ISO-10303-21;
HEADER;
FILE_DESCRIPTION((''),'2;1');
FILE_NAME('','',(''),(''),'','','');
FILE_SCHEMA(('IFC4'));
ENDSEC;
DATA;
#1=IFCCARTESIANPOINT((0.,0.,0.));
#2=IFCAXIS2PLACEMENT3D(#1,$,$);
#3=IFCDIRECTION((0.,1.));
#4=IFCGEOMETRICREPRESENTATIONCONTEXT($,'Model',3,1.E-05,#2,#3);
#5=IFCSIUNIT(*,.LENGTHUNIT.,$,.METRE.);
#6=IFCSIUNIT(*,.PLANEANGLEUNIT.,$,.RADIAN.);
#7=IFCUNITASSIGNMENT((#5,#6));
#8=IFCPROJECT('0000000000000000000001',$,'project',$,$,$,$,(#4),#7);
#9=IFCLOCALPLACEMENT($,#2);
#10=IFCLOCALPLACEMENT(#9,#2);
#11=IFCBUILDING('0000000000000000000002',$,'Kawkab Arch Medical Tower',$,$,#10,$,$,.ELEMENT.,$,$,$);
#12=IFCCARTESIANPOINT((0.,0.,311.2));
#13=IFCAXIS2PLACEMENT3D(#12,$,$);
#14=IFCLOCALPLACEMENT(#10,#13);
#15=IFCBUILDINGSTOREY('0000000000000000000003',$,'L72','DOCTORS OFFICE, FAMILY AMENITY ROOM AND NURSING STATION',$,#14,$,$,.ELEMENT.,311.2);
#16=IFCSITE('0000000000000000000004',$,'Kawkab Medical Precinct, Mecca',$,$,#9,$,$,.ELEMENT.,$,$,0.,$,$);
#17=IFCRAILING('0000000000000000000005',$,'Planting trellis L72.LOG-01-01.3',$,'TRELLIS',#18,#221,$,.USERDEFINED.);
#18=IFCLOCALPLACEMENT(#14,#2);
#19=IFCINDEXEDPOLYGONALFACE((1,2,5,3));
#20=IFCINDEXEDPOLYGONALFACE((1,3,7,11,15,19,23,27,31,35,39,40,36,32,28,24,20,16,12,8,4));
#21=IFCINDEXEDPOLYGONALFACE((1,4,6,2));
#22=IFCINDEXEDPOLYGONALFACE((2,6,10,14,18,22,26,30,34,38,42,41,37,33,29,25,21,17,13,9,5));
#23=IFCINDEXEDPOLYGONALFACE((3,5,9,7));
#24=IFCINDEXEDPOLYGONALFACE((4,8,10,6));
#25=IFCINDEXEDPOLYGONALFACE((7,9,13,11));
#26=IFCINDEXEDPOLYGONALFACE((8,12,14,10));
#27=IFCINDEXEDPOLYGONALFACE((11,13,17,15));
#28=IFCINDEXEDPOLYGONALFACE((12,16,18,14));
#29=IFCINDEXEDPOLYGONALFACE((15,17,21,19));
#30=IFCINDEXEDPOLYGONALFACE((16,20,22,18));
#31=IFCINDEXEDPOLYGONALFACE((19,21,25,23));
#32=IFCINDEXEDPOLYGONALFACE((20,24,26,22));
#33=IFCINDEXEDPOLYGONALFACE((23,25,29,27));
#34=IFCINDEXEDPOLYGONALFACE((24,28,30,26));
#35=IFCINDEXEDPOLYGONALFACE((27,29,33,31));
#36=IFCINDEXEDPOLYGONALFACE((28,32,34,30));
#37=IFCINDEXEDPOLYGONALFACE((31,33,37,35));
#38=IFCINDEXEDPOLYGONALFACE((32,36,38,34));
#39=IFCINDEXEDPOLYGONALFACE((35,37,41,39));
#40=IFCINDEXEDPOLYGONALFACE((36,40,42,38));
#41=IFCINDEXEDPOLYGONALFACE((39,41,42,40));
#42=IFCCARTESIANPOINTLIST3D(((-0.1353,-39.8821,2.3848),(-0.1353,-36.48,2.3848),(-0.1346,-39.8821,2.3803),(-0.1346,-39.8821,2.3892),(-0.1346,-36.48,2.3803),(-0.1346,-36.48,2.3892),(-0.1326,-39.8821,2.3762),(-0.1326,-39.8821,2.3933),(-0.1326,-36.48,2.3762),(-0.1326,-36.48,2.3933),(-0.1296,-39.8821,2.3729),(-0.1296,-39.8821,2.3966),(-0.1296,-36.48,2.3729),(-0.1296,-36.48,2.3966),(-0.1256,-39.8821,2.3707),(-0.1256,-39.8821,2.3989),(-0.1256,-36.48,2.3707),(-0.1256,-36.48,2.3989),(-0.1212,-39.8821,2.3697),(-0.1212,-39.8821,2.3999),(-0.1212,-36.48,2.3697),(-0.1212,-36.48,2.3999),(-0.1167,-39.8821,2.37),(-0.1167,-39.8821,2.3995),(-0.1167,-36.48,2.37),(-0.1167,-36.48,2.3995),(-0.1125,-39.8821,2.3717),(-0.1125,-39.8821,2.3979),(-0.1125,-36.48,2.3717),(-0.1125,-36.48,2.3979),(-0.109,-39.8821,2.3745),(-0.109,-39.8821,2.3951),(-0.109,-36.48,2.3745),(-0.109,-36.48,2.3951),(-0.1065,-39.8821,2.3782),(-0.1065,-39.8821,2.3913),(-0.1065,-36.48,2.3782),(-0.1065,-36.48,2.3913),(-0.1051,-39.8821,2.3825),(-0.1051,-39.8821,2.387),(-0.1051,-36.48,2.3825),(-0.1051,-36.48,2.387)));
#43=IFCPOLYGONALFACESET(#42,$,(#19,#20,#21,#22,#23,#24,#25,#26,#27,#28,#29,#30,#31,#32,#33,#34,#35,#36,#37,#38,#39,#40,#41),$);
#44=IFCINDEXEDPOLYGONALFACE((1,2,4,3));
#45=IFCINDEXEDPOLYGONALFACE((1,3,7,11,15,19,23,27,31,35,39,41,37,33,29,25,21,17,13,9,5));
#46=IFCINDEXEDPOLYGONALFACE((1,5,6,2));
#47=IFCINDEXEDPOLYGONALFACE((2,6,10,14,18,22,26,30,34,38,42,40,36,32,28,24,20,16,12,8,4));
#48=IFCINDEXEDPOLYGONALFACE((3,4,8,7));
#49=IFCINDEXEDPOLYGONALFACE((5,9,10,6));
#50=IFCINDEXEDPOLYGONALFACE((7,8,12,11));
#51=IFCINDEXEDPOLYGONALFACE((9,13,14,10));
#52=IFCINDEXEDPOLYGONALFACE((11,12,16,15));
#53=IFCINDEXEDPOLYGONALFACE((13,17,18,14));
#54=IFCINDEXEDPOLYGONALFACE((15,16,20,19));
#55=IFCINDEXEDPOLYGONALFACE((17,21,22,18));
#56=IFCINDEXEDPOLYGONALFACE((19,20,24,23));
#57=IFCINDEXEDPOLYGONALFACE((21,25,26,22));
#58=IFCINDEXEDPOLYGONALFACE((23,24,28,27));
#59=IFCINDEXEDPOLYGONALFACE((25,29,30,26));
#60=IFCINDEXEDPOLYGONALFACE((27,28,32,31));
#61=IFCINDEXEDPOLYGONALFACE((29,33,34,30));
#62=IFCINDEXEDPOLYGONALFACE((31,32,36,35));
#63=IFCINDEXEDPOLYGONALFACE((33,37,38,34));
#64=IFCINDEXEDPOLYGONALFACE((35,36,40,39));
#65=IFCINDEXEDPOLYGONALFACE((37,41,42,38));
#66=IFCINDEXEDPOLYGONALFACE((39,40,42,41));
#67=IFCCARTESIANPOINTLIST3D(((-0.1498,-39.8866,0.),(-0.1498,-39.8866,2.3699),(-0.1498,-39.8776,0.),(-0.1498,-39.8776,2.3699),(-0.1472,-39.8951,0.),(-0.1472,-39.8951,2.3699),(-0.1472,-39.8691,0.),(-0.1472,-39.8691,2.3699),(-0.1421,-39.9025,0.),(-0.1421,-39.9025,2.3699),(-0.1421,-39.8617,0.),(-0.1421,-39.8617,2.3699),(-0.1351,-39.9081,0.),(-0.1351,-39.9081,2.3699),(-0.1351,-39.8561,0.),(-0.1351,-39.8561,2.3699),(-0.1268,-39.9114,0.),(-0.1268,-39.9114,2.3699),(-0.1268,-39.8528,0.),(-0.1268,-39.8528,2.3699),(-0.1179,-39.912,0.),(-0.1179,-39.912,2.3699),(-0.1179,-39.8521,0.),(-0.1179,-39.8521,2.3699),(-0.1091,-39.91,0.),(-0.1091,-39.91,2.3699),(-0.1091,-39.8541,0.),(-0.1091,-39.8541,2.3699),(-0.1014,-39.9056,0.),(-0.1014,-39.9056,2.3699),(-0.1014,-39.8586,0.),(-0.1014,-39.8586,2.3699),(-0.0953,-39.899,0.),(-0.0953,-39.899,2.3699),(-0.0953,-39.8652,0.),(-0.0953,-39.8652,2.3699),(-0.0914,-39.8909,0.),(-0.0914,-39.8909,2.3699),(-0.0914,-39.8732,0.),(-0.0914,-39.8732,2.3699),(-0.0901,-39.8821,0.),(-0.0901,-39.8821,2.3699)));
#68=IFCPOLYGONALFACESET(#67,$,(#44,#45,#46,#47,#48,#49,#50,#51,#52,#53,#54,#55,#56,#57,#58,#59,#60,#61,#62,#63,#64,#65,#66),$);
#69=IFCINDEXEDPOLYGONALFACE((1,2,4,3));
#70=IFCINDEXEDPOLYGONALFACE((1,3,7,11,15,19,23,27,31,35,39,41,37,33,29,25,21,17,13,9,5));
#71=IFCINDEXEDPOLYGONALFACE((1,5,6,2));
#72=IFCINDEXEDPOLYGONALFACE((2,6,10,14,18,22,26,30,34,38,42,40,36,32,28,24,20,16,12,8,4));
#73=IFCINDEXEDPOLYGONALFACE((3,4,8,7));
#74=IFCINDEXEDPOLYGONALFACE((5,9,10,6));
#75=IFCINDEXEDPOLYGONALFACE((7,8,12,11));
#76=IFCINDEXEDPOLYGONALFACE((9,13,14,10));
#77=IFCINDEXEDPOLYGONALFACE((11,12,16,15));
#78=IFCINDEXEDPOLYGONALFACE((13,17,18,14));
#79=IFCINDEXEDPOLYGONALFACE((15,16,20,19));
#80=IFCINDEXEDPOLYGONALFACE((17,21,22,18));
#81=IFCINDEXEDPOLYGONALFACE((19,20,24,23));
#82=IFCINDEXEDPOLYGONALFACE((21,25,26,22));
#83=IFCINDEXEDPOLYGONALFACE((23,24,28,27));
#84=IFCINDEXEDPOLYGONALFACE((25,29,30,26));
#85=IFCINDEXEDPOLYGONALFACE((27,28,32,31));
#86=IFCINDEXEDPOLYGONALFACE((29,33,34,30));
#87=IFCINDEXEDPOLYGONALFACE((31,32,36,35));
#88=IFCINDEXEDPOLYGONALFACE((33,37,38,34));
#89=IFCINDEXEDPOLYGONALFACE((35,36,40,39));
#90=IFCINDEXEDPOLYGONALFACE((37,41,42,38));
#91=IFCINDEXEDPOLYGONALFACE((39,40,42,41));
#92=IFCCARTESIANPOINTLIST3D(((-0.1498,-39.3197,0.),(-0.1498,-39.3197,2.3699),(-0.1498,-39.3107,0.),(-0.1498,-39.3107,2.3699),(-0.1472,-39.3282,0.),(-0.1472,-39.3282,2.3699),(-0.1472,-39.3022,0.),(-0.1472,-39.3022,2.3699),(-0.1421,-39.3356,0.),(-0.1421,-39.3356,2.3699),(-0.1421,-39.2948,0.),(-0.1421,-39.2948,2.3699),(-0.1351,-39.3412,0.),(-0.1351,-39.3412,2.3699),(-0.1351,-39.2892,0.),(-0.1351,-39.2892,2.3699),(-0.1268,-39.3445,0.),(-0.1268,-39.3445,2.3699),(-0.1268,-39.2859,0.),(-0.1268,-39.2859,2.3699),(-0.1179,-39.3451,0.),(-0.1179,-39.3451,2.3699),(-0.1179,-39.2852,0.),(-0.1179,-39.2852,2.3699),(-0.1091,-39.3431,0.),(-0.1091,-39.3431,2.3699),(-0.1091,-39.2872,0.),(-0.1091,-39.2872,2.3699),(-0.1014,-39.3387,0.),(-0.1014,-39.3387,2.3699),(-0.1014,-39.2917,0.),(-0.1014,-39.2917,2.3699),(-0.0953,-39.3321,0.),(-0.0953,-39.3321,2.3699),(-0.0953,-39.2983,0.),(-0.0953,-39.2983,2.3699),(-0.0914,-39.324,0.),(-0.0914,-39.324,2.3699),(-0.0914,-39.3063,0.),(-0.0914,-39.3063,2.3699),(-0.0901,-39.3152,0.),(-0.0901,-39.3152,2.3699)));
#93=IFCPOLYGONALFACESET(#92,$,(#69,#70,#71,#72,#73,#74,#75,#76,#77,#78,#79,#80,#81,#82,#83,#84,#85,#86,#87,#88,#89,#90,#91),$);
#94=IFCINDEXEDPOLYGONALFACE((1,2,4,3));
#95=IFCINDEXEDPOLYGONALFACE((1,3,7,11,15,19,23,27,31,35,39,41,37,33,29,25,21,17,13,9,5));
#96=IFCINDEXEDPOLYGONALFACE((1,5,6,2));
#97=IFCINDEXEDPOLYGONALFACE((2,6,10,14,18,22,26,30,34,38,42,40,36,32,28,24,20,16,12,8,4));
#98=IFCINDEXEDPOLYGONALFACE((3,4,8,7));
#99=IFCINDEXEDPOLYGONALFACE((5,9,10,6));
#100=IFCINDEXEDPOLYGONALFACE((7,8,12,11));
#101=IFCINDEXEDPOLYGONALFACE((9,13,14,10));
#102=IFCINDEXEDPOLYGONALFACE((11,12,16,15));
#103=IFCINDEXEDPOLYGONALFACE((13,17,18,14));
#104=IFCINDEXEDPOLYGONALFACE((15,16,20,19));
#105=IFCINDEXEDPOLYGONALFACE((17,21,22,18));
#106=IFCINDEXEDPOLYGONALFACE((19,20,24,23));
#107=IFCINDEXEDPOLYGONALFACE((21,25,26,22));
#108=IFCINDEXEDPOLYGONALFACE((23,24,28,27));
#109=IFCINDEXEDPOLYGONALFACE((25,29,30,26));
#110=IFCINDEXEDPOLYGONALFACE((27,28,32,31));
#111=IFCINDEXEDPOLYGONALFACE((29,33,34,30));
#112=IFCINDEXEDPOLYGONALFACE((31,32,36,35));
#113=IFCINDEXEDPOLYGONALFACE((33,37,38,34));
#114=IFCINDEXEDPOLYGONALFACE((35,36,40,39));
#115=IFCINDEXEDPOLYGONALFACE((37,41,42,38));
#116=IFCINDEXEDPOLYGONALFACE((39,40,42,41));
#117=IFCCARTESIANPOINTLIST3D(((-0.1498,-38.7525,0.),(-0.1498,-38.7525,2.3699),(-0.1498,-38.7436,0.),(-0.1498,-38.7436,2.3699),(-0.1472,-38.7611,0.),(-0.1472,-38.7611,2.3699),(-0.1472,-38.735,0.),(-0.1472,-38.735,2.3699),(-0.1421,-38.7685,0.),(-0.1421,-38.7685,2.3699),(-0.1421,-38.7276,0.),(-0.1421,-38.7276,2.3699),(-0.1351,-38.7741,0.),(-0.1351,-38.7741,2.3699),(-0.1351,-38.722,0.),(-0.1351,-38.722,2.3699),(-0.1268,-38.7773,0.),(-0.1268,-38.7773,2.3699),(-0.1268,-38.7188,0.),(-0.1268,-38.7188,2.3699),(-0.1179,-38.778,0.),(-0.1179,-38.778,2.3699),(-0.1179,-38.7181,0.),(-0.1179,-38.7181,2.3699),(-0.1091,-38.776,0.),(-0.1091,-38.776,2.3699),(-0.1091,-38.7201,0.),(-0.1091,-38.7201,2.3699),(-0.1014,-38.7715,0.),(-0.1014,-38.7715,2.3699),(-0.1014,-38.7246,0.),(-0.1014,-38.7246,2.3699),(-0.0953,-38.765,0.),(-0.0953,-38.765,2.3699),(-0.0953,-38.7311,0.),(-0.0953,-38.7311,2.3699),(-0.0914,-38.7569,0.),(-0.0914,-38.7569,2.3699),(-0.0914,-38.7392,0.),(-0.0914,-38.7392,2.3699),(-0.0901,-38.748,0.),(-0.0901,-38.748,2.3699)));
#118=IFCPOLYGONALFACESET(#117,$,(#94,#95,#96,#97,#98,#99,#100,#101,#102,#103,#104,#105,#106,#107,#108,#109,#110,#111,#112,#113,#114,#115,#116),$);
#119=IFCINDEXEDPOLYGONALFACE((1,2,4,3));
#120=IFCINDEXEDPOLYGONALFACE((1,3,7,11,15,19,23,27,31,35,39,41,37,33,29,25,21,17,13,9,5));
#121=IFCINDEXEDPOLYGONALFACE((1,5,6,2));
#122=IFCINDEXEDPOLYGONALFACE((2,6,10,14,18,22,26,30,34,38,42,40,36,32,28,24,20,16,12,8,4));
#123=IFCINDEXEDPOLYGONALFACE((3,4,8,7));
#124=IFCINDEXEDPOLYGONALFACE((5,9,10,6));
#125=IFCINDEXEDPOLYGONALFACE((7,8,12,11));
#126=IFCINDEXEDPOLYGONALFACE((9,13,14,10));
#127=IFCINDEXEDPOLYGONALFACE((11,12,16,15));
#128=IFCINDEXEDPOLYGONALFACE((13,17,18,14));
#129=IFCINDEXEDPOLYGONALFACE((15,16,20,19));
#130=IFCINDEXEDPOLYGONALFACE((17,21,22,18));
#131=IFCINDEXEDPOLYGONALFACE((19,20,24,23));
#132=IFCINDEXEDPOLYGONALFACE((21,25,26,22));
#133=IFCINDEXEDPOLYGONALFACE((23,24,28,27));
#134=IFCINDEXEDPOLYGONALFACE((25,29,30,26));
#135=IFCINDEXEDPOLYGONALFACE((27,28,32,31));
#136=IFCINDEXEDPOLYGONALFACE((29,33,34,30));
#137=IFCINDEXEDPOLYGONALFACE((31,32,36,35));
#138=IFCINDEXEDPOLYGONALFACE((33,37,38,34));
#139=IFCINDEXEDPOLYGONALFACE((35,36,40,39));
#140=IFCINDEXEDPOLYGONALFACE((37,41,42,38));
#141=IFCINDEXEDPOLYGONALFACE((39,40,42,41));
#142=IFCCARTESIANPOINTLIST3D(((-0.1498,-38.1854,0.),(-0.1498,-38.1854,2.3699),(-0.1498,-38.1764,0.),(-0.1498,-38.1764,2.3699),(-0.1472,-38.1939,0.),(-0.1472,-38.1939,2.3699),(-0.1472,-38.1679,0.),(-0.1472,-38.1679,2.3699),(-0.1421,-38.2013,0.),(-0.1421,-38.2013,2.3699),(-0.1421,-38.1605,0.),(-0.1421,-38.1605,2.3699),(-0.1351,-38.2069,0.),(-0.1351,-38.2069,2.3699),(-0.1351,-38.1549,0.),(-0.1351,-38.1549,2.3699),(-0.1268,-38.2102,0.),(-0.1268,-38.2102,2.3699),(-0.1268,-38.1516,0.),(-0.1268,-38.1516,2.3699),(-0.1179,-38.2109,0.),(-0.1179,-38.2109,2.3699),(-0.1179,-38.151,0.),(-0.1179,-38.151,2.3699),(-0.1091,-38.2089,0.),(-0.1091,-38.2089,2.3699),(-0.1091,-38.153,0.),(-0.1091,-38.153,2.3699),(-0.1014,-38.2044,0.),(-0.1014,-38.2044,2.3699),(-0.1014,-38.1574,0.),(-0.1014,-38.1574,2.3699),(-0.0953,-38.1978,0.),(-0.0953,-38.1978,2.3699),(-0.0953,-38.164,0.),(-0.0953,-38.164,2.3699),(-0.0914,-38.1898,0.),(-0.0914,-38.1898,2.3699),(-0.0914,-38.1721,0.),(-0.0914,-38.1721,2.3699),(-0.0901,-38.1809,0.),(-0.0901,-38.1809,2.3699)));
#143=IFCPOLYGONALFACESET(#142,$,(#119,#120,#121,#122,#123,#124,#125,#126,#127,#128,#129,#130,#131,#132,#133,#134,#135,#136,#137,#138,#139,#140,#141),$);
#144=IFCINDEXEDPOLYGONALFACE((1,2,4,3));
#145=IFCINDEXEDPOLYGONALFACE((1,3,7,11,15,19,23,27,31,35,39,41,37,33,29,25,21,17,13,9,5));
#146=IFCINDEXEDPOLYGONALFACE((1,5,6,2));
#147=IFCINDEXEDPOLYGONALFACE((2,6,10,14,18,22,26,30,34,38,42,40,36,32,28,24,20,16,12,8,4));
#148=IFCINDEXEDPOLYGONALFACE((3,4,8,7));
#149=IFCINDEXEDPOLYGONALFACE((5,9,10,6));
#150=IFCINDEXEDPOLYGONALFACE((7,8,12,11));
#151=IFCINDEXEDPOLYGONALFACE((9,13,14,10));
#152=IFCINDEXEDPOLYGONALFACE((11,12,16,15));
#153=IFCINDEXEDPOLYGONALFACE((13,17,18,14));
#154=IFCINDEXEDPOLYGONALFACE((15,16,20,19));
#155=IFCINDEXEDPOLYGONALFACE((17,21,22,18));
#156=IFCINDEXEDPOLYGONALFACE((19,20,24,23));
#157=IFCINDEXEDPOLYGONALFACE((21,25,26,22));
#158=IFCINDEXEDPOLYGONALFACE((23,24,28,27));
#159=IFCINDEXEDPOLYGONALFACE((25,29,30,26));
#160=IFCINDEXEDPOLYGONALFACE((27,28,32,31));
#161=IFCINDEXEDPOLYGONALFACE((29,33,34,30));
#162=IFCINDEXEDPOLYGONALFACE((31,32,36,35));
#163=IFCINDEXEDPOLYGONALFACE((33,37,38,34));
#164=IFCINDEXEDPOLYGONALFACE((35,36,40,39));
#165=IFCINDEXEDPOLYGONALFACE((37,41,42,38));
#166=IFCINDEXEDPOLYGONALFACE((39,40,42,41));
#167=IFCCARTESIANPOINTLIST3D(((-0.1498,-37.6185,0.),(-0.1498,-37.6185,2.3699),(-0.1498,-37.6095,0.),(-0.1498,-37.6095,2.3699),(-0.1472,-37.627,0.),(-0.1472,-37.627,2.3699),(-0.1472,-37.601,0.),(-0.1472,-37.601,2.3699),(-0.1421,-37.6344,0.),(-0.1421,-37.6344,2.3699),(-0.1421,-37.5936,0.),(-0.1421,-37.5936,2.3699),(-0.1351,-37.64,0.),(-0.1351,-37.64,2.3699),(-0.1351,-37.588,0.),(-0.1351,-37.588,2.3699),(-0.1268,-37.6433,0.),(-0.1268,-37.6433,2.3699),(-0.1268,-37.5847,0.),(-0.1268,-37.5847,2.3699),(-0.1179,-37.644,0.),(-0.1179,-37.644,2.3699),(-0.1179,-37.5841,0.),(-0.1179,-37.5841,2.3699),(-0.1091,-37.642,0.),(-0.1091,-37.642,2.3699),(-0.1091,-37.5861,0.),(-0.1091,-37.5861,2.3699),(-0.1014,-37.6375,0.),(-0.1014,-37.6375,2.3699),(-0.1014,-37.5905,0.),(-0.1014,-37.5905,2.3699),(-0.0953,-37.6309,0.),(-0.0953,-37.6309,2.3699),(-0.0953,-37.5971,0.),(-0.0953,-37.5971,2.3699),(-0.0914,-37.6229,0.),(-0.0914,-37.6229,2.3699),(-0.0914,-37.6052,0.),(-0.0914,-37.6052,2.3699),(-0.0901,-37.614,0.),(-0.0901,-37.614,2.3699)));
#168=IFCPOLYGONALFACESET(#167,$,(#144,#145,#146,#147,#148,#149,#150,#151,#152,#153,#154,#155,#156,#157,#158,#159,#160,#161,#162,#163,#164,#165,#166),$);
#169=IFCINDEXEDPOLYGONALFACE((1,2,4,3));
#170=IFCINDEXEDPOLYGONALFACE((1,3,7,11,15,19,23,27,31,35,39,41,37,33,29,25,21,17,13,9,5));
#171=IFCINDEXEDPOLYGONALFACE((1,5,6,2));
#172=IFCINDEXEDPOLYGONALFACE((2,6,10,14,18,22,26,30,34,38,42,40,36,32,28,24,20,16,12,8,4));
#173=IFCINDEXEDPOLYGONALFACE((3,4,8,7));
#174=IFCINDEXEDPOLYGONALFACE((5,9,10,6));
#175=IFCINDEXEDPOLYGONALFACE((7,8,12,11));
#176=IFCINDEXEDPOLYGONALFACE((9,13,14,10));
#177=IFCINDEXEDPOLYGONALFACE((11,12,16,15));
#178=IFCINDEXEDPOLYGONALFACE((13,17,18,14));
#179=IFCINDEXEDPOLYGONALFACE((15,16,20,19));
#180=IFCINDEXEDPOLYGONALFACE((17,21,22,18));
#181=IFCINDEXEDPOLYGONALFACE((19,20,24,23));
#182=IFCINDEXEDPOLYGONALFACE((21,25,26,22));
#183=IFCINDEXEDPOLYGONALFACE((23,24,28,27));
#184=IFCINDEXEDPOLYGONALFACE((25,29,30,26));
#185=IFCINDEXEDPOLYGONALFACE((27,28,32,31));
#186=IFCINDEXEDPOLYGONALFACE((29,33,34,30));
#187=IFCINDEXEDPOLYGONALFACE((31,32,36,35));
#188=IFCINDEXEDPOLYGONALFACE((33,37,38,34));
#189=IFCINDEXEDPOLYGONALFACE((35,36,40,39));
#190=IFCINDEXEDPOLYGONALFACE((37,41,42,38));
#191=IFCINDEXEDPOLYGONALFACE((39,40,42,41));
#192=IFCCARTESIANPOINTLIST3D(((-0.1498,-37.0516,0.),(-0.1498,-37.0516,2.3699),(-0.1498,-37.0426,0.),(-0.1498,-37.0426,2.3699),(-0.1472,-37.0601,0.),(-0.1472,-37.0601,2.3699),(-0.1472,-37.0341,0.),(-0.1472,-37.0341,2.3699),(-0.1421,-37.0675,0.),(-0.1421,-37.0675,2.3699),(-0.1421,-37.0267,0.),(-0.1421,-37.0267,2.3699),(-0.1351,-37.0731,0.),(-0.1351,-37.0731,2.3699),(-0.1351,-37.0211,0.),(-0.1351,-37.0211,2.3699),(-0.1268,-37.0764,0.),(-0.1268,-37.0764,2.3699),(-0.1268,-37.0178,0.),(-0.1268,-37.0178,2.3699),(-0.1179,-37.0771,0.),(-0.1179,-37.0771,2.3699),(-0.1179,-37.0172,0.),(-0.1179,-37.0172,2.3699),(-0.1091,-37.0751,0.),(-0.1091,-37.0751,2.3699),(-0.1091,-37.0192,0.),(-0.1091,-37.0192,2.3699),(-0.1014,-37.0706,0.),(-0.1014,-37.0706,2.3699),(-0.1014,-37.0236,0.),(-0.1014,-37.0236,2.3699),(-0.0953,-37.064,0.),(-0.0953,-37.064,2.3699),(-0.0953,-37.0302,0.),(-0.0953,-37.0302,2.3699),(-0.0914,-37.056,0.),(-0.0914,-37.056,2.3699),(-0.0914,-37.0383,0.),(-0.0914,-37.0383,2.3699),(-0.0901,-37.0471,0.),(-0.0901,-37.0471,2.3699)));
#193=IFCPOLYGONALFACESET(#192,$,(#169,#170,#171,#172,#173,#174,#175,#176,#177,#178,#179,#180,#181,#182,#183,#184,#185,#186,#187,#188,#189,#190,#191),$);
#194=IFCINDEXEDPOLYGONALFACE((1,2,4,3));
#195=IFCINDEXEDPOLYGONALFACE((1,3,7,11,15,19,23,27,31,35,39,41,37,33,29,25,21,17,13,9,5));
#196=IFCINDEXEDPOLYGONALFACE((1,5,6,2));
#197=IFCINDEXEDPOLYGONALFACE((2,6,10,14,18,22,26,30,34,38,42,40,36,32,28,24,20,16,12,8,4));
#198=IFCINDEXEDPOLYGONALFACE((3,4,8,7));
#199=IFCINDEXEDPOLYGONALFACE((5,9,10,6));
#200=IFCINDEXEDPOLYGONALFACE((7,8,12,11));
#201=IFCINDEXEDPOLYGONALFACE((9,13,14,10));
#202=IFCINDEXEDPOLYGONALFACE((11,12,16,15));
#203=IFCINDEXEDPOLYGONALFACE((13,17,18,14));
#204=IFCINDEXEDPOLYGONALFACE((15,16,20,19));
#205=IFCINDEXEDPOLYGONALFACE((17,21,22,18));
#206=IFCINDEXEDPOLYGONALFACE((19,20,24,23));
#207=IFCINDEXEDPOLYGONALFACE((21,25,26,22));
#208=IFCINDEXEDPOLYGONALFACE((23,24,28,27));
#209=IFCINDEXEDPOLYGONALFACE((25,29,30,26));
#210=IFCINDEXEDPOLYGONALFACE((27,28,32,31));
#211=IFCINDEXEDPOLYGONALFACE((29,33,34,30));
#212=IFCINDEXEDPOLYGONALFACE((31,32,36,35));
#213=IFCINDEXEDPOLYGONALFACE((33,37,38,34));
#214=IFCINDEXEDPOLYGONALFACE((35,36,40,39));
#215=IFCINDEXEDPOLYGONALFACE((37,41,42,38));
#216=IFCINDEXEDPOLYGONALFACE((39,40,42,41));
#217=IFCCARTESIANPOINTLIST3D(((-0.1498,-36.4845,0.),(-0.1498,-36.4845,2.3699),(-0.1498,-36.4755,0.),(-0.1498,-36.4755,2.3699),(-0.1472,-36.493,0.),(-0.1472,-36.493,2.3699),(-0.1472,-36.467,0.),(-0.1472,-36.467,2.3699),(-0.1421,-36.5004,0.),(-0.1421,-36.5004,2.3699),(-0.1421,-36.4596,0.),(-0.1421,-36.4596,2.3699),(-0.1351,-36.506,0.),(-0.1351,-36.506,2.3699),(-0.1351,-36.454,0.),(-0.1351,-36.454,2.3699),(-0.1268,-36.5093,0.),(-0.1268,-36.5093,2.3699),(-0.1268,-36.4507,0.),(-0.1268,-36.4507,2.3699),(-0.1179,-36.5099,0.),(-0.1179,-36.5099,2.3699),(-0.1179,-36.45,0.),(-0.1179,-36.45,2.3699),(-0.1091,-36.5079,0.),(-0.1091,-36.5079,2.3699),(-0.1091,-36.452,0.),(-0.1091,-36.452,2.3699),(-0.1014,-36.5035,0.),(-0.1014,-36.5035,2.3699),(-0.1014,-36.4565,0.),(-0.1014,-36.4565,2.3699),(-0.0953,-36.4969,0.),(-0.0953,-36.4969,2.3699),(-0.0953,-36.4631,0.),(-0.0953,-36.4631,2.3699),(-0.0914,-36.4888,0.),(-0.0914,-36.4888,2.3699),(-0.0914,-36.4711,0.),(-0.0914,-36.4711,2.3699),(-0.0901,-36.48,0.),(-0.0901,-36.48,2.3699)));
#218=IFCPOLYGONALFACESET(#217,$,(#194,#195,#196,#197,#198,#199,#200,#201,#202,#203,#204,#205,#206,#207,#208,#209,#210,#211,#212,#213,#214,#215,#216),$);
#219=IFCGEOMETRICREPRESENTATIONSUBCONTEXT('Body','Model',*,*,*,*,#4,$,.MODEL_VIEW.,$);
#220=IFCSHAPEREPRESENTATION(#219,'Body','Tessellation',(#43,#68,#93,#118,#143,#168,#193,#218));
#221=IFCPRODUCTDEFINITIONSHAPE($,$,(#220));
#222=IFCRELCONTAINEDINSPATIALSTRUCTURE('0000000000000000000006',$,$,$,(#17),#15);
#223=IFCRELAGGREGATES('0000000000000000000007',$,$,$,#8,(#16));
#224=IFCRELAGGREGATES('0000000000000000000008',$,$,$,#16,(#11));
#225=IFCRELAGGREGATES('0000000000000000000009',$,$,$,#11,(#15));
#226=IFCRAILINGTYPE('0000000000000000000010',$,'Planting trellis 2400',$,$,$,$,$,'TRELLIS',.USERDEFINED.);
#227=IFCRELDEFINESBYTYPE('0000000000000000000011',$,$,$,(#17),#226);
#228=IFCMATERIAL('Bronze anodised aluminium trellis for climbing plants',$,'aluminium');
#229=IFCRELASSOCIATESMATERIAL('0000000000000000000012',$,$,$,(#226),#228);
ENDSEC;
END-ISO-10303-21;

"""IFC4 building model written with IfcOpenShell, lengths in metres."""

from ifc_helpers import new_model, si_unit, direction, frame, origin, origin_2d, place, context, subcontext, project, spatial, circle, extrude, material, type_object, element, save


model = new_model("IFC4")

# Units and contexts
model_context = context("Model", 3, precision=1e-05, world=origin(), true_north=direction((0.0, 1.0)))
body_context = subcontext(model_context, "Body", "Model", "MODEL_VIEW")
ifc_project = project(units=[si_unit("LENGTHUNIT", "METRE"), si_unit("PLANEANGLEUNIT", "RADIAN")], contexts=[model_context])

# Site, building, storey
site_placement = place(None, origin())
site = spatial("IfcSite", under=ifc_project, at=site_placement, Name="Kawkab Medical Precinct, Mecca", CompositionType="ELEMENT", RefElevation=0.0)
building_placement = place(site_placement, origin())
building = spatial("IfcBuilding", under=site, at=building_placement, Name="Kawkab Arch Medical Tower", CompositionType="ELEMENT")
storey_placement = place(building_placement, frame((0.0, 0.0, 311.2)))
storey = spatial("IfcBuildingStorey", under=building, at=storey_placement, Name="L72", Description="DOCTORS OFFICE, FAMILY AMENITY ROOM AND NURSING STATION", CompositionType="ELEMENT", Elevation=311.2)

# Railing
ifc_material_1 = material(Name="Bronze anodised aluminium trellis for climbing plants", Category="aluminium")
railing_type_1 = type_object("IfcRailingType", Name="Planting trellis 2400", ElementType="TRELLIS", PredefinedType="USERDEFINED", material=ifc_material_1)
railing_1_placement = place(storey_placement, frame((-0.1201, -39.8821, 0.0)))
element("IfcRailing", 1, at=railing_1_placement, inside=storey, type_object=railing_type_1, Name="Planting trellis L72.LOG-01-01.3", ObjectType="TRELLIS", PredefinedType="USERDEFINED", context=body_context, shape_type="SweptSolid", body=[
    extrude(circle(Radius=0.0151, at=origin_2d()), frame((0.0, 0.0, 2.3848), z_axis=(0.0, 1.0, 0.0), x_axis=(-1.0, 0.0, 0.0)), (0.0, 0.0, 1.0), 3.4021),
    extrude(circle(Radius=0.03, at=origin_2d()), origin(), (0.0, 0.0, 1.0), 2.3699),
    extrude(circle(Radius=0.03, at=origin_2d()), frame((0.0, 0.5669, 0.0)), (0.0, 0.0, 1.0), 2.3699),
    extrude(circle(Radius=0.03, at=origin_2d()), frame((0.0, 1.134, 0.0)), (0.0, 0.0, 1.0), 2.3699),
    extrude(circle(Radius=0.03, at=origin_2d()), frame((0.0, 1.7012, 0.0)), (0.0, 0.0, 1.0), 2.3699),
    extrude(circle(Radius=0.03, at=origin_2d()), frame((0.0, 2.2681, 0.0)), (0.0, 0.0, 1.0), 2.3699),
    extrude(circle(Radius=0.03, at=origin_2d()), frame((0.0, 2.835, 0.0)), (0.0, 0.0, 1.0), 2.3699),
    extrude(circle(Radius=0.03, at=origin_2d()), frame((0.0, 3.4021, 0.0)), (0.0, 0.0, 1.0), 2.3699),
])

save(model, "model.ifc")
